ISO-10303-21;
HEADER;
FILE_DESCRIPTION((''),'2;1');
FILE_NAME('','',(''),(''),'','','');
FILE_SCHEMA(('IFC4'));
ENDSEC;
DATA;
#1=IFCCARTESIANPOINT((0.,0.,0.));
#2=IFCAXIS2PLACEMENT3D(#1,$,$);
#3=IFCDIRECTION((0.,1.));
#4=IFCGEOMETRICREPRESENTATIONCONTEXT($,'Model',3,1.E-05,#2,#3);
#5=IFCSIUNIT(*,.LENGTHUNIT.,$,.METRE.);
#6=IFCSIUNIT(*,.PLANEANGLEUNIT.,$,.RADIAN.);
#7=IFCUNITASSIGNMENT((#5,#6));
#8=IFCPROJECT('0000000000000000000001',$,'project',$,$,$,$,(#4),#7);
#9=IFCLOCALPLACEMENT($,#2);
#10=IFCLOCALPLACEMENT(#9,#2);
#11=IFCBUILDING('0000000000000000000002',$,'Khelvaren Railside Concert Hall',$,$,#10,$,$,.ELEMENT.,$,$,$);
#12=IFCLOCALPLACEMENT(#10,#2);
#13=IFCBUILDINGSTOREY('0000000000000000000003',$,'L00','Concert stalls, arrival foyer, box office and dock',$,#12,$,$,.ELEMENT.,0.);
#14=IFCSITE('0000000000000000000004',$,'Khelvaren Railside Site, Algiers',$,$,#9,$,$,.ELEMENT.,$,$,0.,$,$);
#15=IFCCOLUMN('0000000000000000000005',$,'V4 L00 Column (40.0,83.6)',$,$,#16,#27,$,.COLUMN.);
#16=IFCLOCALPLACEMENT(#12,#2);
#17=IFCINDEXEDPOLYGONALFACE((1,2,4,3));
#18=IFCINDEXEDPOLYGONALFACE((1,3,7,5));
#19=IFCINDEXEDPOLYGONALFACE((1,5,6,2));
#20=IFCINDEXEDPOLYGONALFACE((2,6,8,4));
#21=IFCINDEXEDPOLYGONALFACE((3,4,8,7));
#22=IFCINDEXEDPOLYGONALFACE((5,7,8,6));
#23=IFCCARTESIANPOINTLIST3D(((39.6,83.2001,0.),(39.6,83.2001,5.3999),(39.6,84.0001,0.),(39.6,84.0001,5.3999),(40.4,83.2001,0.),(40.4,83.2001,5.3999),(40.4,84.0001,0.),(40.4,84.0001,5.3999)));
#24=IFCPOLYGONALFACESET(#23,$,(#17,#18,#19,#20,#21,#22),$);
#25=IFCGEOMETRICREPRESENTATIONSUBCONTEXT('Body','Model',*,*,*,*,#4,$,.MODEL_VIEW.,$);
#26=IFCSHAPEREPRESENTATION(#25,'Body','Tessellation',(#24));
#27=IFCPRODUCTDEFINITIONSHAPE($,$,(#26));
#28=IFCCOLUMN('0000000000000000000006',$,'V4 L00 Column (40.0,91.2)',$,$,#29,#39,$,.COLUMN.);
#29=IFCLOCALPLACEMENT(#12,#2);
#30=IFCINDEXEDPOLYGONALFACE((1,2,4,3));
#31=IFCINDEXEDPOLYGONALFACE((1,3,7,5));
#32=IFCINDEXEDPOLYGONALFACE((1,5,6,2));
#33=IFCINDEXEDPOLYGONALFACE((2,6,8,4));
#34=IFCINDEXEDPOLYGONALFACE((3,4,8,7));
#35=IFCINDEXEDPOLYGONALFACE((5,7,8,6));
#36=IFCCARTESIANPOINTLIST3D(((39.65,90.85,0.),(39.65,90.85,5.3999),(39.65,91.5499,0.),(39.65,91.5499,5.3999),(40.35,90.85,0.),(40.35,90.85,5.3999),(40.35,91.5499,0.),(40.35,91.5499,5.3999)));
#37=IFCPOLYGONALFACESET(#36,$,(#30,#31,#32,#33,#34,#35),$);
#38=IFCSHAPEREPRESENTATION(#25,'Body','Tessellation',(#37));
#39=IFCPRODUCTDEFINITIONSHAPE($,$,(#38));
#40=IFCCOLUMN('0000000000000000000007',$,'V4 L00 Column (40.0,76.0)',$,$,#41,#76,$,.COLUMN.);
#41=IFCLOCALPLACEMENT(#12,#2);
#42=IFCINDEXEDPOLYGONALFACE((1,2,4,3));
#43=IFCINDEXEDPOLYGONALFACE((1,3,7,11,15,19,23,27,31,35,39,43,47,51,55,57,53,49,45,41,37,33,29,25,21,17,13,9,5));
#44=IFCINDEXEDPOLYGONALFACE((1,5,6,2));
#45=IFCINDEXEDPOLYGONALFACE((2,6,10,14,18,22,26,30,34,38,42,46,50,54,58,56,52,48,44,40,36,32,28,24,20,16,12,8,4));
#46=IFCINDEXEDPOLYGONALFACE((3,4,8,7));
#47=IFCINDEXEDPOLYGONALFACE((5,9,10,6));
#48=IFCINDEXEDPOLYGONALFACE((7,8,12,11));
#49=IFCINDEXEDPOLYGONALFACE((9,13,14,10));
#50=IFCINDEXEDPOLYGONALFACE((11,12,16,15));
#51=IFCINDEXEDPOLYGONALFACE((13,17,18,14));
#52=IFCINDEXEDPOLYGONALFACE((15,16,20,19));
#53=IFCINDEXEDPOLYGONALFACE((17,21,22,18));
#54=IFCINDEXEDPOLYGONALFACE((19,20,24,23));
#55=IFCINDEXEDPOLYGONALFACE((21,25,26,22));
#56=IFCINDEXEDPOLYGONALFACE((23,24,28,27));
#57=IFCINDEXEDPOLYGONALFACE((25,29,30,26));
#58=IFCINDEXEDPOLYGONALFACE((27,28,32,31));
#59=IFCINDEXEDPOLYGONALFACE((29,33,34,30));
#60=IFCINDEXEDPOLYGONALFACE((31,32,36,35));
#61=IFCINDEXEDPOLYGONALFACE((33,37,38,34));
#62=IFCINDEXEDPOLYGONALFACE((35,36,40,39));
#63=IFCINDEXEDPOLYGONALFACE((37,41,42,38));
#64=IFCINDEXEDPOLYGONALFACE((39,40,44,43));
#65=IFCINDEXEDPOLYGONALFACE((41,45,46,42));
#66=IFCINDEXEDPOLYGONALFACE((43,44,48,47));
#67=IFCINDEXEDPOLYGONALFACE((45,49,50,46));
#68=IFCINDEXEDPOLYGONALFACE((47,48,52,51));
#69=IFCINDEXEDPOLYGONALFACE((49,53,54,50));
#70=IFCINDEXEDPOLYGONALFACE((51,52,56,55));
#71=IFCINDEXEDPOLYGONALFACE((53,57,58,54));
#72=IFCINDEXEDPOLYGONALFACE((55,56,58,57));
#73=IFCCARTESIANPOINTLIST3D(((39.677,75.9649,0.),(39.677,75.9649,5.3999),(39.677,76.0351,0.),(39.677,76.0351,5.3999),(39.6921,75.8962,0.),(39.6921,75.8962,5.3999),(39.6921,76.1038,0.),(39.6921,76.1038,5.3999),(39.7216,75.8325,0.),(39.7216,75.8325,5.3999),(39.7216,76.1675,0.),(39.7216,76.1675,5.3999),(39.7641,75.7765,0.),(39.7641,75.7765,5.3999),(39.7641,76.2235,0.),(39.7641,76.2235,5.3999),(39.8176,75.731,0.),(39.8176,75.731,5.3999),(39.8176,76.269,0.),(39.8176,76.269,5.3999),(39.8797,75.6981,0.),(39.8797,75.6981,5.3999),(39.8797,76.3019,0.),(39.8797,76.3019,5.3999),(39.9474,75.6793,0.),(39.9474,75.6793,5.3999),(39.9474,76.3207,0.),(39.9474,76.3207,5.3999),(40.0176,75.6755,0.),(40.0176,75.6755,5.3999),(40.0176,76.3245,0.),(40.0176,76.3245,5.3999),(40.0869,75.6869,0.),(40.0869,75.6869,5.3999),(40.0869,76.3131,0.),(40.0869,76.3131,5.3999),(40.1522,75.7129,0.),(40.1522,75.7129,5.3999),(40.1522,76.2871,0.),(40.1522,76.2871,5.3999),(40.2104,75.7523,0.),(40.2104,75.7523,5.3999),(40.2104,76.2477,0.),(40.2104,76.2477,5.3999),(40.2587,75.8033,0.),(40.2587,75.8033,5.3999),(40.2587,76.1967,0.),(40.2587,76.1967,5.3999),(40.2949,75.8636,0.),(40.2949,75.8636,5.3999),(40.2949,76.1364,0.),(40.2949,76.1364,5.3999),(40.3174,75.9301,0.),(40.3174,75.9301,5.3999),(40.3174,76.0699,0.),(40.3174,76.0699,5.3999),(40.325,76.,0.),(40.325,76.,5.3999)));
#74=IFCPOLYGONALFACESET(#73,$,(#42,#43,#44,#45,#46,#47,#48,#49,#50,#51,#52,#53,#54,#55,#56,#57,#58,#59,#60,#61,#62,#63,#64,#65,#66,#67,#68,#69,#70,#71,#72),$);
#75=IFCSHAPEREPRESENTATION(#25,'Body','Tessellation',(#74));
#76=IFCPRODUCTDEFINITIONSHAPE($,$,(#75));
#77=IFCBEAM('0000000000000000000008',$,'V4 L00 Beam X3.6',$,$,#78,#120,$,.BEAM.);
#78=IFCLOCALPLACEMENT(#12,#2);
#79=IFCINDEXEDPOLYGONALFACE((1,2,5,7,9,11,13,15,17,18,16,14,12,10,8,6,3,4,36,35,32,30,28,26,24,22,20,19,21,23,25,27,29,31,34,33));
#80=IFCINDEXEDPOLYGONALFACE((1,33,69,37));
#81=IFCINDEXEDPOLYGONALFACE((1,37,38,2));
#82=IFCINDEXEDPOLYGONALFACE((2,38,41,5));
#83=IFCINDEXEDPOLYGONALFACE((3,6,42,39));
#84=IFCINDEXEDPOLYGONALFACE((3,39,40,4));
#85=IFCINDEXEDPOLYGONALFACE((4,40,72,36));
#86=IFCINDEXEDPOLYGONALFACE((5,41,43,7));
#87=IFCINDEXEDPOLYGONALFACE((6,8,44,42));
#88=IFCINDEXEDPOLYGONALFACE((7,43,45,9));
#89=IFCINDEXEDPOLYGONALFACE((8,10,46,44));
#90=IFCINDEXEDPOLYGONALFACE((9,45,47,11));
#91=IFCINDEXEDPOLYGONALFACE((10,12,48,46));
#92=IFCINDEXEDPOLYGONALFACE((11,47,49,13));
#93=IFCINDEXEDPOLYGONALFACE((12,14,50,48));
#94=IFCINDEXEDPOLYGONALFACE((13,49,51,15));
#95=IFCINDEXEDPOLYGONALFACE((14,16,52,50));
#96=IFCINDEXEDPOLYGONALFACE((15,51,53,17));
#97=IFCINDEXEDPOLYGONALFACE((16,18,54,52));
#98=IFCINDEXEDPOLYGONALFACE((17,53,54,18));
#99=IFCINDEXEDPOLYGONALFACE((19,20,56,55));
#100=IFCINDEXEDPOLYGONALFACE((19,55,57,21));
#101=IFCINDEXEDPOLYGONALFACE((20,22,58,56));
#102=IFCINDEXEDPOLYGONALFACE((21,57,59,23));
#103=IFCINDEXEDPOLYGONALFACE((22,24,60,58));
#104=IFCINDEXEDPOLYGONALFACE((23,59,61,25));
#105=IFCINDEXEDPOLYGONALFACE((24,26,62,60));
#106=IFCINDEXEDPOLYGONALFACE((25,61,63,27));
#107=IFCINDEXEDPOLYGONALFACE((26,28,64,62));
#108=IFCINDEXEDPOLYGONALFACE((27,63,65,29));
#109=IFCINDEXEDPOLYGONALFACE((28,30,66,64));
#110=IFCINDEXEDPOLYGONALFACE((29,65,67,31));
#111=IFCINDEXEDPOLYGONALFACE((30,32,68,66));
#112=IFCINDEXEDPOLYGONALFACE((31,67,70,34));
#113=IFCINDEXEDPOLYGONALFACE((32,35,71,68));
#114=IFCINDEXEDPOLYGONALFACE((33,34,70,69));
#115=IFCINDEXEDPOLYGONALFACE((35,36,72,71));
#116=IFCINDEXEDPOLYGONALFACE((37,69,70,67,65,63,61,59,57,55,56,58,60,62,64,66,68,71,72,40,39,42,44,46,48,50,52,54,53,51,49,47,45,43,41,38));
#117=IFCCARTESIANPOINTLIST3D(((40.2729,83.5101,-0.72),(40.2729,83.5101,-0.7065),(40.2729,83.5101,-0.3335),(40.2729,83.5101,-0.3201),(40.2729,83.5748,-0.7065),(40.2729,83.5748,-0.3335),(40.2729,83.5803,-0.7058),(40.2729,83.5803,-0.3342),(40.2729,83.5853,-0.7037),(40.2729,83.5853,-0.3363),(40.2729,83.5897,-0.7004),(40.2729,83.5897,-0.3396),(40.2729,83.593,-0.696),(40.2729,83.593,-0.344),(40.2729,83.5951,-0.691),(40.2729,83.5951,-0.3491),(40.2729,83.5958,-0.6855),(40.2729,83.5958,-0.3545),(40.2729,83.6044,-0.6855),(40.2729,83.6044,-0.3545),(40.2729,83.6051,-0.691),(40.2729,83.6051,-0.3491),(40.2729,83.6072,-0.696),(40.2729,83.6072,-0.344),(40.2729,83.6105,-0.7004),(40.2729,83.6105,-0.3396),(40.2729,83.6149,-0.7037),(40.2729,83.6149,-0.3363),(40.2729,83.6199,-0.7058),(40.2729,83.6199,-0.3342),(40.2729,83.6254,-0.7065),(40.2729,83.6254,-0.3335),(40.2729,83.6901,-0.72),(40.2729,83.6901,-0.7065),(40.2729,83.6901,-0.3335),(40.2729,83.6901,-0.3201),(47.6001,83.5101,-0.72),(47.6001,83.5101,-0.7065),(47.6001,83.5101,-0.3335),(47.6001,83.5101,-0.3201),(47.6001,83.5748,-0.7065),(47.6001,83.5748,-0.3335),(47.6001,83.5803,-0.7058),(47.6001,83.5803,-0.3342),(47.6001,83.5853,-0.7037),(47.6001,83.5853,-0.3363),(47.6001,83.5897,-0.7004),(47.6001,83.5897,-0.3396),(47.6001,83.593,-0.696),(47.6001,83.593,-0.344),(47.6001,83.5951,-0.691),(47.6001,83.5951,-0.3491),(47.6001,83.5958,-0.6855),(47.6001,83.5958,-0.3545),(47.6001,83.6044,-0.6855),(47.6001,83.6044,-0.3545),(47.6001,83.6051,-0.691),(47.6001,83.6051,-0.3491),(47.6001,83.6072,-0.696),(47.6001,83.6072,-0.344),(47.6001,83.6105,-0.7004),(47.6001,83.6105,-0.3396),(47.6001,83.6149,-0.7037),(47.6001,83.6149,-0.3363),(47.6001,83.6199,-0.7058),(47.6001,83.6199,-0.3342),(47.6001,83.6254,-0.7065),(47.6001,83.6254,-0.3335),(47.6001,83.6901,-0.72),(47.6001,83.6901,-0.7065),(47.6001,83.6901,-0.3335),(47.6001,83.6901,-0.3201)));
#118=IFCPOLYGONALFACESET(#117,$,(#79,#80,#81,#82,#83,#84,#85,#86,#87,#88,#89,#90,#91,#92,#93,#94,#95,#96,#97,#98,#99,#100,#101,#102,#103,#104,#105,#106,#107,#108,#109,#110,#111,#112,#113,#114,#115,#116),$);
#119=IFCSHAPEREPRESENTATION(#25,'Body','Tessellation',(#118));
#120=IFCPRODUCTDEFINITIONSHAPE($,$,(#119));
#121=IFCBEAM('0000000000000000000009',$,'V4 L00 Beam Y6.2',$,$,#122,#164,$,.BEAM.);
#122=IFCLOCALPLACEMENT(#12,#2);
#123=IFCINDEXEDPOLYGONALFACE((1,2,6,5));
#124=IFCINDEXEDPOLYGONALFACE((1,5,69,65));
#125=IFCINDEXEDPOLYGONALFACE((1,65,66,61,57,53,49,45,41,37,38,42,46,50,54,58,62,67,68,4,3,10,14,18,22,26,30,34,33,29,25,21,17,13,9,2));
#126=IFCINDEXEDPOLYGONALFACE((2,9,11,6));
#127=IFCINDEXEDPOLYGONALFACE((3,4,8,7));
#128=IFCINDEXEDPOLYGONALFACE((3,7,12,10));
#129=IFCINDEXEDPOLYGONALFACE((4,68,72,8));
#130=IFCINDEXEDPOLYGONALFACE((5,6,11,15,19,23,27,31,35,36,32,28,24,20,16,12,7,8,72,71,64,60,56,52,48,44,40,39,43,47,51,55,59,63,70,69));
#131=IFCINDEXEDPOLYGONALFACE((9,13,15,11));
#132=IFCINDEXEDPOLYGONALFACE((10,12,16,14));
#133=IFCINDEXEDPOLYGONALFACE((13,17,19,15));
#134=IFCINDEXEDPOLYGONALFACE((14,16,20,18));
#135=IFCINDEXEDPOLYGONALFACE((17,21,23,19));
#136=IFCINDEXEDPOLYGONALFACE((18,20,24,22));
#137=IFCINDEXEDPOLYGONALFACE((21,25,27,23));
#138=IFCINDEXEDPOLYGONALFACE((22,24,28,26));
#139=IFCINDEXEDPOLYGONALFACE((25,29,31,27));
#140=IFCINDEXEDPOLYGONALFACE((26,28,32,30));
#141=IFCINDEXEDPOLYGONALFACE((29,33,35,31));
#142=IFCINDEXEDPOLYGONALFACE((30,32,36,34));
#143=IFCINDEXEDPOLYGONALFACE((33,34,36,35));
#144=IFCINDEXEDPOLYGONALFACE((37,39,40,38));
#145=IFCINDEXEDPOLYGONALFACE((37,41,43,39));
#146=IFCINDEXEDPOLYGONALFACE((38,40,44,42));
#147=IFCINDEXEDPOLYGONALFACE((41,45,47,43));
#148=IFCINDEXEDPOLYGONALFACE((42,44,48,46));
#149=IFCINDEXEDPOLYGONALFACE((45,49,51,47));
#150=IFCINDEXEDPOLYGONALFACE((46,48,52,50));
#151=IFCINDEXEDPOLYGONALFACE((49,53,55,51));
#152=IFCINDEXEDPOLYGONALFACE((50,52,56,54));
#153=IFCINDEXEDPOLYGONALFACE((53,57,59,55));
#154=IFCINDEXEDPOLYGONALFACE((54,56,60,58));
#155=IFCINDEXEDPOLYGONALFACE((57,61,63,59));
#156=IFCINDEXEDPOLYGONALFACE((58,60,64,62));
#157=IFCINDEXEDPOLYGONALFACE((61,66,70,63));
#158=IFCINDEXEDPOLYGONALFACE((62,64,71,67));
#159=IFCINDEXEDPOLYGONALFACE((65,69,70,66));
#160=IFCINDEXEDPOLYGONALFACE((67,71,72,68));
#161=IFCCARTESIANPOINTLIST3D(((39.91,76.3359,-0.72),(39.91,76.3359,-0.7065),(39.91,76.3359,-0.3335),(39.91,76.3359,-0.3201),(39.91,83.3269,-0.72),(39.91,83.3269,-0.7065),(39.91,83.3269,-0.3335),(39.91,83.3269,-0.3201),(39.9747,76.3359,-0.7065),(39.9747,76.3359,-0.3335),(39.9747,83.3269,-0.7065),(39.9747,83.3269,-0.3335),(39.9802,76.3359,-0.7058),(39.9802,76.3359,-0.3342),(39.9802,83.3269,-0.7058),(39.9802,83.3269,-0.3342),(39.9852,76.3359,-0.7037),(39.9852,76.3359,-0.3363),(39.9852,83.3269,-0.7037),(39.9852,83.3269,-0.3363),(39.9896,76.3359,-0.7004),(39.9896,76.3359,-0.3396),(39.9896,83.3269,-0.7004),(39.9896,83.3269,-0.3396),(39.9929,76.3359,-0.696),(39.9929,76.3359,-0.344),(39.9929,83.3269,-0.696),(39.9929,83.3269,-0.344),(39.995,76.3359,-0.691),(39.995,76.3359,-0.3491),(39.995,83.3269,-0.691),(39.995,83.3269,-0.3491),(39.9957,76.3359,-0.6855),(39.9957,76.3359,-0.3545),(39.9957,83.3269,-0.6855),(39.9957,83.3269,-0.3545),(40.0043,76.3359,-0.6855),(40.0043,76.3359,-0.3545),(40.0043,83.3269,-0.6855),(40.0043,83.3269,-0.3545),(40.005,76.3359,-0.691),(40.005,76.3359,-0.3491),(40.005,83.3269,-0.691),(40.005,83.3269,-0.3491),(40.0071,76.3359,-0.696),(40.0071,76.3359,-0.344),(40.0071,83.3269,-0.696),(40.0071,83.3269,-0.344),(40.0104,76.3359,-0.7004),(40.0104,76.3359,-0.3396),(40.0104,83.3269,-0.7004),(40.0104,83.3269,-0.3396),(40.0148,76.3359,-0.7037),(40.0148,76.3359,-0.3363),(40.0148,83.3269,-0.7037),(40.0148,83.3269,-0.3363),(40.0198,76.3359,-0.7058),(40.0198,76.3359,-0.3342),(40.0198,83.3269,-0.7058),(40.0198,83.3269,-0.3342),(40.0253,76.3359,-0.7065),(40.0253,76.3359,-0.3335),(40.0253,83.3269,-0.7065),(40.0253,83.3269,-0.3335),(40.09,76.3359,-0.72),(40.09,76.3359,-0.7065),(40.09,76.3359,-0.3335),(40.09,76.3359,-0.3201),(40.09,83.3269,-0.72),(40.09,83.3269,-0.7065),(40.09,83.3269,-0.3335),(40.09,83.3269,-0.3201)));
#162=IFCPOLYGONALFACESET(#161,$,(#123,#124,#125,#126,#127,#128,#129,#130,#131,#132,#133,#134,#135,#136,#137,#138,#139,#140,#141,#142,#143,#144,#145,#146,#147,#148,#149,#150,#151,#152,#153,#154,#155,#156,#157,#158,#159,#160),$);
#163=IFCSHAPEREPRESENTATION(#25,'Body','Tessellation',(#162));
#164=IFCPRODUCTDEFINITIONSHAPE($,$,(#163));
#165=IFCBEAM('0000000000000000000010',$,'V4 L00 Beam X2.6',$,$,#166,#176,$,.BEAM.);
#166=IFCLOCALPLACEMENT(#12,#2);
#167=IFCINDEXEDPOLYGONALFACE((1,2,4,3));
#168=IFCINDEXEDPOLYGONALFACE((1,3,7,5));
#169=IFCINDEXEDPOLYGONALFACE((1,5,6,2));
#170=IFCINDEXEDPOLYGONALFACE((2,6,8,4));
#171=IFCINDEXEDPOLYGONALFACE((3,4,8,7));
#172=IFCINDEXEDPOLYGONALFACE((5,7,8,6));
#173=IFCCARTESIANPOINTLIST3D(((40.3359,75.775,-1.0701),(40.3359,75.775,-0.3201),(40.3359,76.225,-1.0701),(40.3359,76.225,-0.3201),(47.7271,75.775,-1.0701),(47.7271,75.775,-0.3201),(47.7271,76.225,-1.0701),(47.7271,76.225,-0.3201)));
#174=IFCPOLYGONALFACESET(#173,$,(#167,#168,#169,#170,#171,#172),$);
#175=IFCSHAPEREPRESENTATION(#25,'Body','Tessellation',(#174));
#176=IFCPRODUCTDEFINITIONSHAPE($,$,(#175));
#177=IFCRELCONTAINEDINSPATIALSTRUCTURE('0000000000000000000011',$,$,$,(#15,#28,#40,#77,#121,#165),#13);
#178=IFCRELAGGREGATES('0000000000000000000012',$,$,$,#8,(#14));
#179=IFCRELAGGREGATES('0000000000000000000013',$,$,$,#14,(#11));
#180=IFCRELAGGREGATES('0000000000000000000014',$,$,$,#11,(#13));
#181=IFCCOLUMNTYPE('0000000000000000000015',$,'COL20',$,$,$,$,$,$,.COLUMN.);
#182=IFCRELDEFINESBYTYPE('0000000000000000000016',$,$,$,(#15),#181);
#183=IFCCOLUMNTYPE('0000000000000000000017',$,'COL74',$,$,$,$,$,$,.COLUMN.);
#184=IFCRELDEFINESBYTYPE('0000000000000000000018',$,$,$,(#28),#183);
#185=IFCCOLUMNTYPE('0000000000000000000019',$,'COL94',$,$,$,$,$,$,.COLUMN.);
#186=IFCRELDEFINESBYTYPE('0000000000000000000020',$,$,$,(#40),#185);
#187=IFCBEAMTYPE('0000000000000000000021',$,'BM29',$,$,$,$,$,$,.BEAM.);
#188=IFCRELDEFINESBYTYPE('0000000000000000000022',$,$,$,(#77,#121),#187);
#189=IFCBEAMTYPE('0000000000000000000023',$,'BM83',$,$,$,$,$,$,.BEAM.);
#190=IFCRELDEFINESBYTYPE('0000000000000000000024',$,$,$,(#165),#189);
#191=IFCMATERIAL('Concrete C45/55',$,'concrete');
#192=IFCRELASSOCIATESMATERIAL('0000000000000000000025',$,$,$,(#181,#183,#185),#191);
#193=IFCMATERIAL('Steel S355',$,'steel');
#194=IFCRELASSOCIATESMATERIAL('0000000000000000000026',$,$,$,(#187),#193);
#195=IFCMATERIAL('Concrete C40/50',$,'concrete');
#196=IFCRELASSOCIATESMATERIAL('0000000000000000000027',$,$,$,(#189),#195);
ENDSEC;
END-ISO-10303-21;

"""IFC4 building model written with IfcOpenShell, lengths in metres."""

from ifc_helpers import new_model, si_unit, direction, frame, origin, origin_2d, place, context, subcontext, project, spatial, rectangle, circle, i_section, extrude, material, material_profile, profile_set, type_object, element, save


model = new_model("IFC4")

# Units and contexts
model_context = context("Model", 3, precision=1e-05, world=origin(), true_north=direction((0.0, 1.0)))
body_context = subcontext(model_context, "Body", "Model", "MODEL_VIEW")
ifc_project = project(units=[si_unit("LENGTHUNIT", "METRE"), si_unit("PLANEANGLEUNIT", "RADIAN")], contexts=[model_context])

# Site, building, storey
site_placement = place(None, origin())
site = spatial("IfcSite", under=ifc_project, at=site_placement, Name="Khelvaren Railside Site, Algiers", CompositionType="ELEMENT", RefElevation=0.0)
building_placement = place(site_placement, origin())
building = spatial("IfcBuilding", under=site, at=building_placement, Name="Khelvaren Railside Concert Hall", CompositionType="ELEMENT")
storey_placement = place(building_placement, origin())
storey = spatial("IfcBuildingStorey", under=building, at=storey_placement, Name="L00", Description="Concert stalls, arrival foyer, box office and dock", CompositionType="ELEMENT", Elevation=0.0)

# Columns
ifc_material_1 = material(Name="Concrete C45/55", Category="concrete")
ifc_material_profile_1 = material_profile(ifc_material_1, rectangle(XDim=0.8, YDim=0.8, at=origin_2d()), Name="RC 800x800")
ifc_profile_set_1 = profile_set([ifc_material_profile_1], Name="Concrete C45/55")
column_type_1 = type_object("IfcColumnType", Name="COL20", PredefinedType="COLUMN", material=ifc_profile_set_1)
column_1_placement = place(storey_placement, frame((40.0, 83.6001, 0.0), z_axis=(0.0, 0.0, 1.0), x_axis=(1.0, 0.0, 0.0)))
element("IfcColumn", 1, at=column_1_placement, inside=storey, type_object=column_type_1, Name="V4 L00 Column (40.0,83.6)", PredefinedType="COLUMN", context=body_context, shape_type="SweptSolid", body=[
    extrude(rectangle(XDim=0.8, YDim=0.8, at=origin_2d()), origin(), (0.0, 0.0, 1.0), 5.3999),
])
ifc_material_profile_2 = material_profile(ifc_material_1, rectangle(XDim=0.7, YDim=0.7, at=origin_2d()), Name="RC 700x700")
ifc_profile_set_2 = profile_set([ifc_material_profile_2], Name="Concrete C45/55")
column_type_2 = type_object("IfcColumnType", Name="COL74", PredefinedType="COLUMN", material=ifc_profile_set_2)
column_2_placement = place(storey_placement, frame((40.0, 91.2, 0.0), z_axis=(0.0, 0.0, 1.0), x_axis=(1.0, 0.0, 0.0)))
element("IfcColumn", 2, at=column_2_placement, inside=storey, type_object=column_type_2, Name="V4 L00 Column (40.0,91.2)", PredefinedType="COLUMN", context=body_context, shape_type="SweptSolid", body=[
    extrude(rectangle(XDim=0.7, YDim=0.7, at=origin_2d()), origin(), (0.0, 0.0, 1.0), 5.3999),
])
ifc_material_profile_3 = material_profile(ifc_material_1, circle(Radius=0.325, at=origin_2d()), Name="RC D650")
ifc_profile_set_3 = profile_set([ifc_material_profile_3], Name="Concrete C45/55")
column_type_3 = type_object("IfcColumnType", Name="COL94", PredefinedType="COLUMN", material=ifc_profile_set_3)
column_3_placement = place(storey_placement, frame((40.0, 76.0, 0.0), z_axis=(0.0, 0.0, 1.0), x_axis=(1.0, 0.0, 0.0)))
element("IfcColumn", 3, at=column_3_placement, inside=storey, type_object=column_type_3, Name="V4 L00 Column (40.0,76.0)", PredefinedType="COLUMN", context=body_context, shape_type="SweptSolid", body=[
    extrude(circle(Radius=0.325, at=origin_2d()), origin(), (0.0, 0.0, 1.0), 5.3999),
])

# Beams
ifc_material_2 = material(Name="Steel S355", Category="steel")
ifc_material_profile_4 = material_profile(ifc_material_2, i_section(OverallWidth=0.1799, OverallDepth=0.3999, WebThickness=0.0085, FlangeThickness=0.0134, FilletRadius=0.021, at=origin_2d()), Name="IPE 400")
ifc_profile_set_4 = profile_set([ifc_material_profile_4], Name="Steel S355")
beam_type_1 = type_object("IfcBeamType", Name="BM29", PredefinedType="BEAM", material=ifc_profile_set_4)
beam_1_placement = place(storey_placement, frame((40.2729, 83.6001, -0.52), z_axis=(1.0, 0.0, 0.0), x_axis=(0.0, 1.0, 0.0)))
element("IfcBeam", 4, at=beam_1_placement, inside=storey, type_object=beam_type_1, Name="V4 L00 Beam X3.6", PredefinedType="BEAM", context=body_context, shape_type="SweptSolid", body=[
    extrude(i_section(OverallWidth=0.1799, OverallDepth=0.3999, WebThickness=0.0085, FlangeThickness=0.0134, FilletRadius=0.021, at=origin_2d()), origin(), (0.0, 0.0, 1.0), 7.3271),
])
beam_2_placement = place(storey_placement, frame((40.0, 76.3359, -0.52), z_axis=(0.0, 1.0, 0.0), x_axis=(-1.0, 0.0, 0.0)))
element("IfcBeam", 5, at=beam_2_placement, inside=storey, type_object=beam_type_1, Name="V4 L00 Beam Y6.2", PredefinedType="BEAM", context=body_context, shape_type="SweptSolid", body=[
    extrude(i_section(OverallWidth=0.1799, OverallDepth=0.3999, WebThickness=0.0085, FlangeThickness=0.0134, FilletRadius=0.021, at=origin_2d()), origin(), (0.0, 0.0, 1.0), 6.991),
])
ifc_material_3 = material(Name="Concrete C40/50", Category="concrete")
ifc_material_profile_5 = material_profile(ifc_material_3, rectangle(XDim=0.45, YDim=0.75, at=origin_2d()), Name="RCB 450x750")
ifc_profile_set_5 = profile_set([ifc_material_profile_5], Name="Concrete C40/50")
beam_type_2 = type_object("IfcBeamType", Name="BM83", PredefinedType="BEAM", material=ifc_profile_set_5)
beam_3_placement = place(storey_placement, frame((40.3359, 76.0, -0.6951), z_axis=(1.0, 0.0, 0.0), x_axis=(0.0, 1.0, 0.0)))
element("IfcBeam", 6, at=beam_3_placement, inside=storey, type_object=beam_type_2, Name="V4 L00 Beam X2.6", PredefinedType="BEAM", context=body_context, shape_type="SweptSolid", body=[
    extrude(rectangle(XDim=0.45, YDim=0.75, at=origin_2d()), origin(), (0.0, 0.0, 1.0), 7.3911),
])

save(model, "model.ifc")
